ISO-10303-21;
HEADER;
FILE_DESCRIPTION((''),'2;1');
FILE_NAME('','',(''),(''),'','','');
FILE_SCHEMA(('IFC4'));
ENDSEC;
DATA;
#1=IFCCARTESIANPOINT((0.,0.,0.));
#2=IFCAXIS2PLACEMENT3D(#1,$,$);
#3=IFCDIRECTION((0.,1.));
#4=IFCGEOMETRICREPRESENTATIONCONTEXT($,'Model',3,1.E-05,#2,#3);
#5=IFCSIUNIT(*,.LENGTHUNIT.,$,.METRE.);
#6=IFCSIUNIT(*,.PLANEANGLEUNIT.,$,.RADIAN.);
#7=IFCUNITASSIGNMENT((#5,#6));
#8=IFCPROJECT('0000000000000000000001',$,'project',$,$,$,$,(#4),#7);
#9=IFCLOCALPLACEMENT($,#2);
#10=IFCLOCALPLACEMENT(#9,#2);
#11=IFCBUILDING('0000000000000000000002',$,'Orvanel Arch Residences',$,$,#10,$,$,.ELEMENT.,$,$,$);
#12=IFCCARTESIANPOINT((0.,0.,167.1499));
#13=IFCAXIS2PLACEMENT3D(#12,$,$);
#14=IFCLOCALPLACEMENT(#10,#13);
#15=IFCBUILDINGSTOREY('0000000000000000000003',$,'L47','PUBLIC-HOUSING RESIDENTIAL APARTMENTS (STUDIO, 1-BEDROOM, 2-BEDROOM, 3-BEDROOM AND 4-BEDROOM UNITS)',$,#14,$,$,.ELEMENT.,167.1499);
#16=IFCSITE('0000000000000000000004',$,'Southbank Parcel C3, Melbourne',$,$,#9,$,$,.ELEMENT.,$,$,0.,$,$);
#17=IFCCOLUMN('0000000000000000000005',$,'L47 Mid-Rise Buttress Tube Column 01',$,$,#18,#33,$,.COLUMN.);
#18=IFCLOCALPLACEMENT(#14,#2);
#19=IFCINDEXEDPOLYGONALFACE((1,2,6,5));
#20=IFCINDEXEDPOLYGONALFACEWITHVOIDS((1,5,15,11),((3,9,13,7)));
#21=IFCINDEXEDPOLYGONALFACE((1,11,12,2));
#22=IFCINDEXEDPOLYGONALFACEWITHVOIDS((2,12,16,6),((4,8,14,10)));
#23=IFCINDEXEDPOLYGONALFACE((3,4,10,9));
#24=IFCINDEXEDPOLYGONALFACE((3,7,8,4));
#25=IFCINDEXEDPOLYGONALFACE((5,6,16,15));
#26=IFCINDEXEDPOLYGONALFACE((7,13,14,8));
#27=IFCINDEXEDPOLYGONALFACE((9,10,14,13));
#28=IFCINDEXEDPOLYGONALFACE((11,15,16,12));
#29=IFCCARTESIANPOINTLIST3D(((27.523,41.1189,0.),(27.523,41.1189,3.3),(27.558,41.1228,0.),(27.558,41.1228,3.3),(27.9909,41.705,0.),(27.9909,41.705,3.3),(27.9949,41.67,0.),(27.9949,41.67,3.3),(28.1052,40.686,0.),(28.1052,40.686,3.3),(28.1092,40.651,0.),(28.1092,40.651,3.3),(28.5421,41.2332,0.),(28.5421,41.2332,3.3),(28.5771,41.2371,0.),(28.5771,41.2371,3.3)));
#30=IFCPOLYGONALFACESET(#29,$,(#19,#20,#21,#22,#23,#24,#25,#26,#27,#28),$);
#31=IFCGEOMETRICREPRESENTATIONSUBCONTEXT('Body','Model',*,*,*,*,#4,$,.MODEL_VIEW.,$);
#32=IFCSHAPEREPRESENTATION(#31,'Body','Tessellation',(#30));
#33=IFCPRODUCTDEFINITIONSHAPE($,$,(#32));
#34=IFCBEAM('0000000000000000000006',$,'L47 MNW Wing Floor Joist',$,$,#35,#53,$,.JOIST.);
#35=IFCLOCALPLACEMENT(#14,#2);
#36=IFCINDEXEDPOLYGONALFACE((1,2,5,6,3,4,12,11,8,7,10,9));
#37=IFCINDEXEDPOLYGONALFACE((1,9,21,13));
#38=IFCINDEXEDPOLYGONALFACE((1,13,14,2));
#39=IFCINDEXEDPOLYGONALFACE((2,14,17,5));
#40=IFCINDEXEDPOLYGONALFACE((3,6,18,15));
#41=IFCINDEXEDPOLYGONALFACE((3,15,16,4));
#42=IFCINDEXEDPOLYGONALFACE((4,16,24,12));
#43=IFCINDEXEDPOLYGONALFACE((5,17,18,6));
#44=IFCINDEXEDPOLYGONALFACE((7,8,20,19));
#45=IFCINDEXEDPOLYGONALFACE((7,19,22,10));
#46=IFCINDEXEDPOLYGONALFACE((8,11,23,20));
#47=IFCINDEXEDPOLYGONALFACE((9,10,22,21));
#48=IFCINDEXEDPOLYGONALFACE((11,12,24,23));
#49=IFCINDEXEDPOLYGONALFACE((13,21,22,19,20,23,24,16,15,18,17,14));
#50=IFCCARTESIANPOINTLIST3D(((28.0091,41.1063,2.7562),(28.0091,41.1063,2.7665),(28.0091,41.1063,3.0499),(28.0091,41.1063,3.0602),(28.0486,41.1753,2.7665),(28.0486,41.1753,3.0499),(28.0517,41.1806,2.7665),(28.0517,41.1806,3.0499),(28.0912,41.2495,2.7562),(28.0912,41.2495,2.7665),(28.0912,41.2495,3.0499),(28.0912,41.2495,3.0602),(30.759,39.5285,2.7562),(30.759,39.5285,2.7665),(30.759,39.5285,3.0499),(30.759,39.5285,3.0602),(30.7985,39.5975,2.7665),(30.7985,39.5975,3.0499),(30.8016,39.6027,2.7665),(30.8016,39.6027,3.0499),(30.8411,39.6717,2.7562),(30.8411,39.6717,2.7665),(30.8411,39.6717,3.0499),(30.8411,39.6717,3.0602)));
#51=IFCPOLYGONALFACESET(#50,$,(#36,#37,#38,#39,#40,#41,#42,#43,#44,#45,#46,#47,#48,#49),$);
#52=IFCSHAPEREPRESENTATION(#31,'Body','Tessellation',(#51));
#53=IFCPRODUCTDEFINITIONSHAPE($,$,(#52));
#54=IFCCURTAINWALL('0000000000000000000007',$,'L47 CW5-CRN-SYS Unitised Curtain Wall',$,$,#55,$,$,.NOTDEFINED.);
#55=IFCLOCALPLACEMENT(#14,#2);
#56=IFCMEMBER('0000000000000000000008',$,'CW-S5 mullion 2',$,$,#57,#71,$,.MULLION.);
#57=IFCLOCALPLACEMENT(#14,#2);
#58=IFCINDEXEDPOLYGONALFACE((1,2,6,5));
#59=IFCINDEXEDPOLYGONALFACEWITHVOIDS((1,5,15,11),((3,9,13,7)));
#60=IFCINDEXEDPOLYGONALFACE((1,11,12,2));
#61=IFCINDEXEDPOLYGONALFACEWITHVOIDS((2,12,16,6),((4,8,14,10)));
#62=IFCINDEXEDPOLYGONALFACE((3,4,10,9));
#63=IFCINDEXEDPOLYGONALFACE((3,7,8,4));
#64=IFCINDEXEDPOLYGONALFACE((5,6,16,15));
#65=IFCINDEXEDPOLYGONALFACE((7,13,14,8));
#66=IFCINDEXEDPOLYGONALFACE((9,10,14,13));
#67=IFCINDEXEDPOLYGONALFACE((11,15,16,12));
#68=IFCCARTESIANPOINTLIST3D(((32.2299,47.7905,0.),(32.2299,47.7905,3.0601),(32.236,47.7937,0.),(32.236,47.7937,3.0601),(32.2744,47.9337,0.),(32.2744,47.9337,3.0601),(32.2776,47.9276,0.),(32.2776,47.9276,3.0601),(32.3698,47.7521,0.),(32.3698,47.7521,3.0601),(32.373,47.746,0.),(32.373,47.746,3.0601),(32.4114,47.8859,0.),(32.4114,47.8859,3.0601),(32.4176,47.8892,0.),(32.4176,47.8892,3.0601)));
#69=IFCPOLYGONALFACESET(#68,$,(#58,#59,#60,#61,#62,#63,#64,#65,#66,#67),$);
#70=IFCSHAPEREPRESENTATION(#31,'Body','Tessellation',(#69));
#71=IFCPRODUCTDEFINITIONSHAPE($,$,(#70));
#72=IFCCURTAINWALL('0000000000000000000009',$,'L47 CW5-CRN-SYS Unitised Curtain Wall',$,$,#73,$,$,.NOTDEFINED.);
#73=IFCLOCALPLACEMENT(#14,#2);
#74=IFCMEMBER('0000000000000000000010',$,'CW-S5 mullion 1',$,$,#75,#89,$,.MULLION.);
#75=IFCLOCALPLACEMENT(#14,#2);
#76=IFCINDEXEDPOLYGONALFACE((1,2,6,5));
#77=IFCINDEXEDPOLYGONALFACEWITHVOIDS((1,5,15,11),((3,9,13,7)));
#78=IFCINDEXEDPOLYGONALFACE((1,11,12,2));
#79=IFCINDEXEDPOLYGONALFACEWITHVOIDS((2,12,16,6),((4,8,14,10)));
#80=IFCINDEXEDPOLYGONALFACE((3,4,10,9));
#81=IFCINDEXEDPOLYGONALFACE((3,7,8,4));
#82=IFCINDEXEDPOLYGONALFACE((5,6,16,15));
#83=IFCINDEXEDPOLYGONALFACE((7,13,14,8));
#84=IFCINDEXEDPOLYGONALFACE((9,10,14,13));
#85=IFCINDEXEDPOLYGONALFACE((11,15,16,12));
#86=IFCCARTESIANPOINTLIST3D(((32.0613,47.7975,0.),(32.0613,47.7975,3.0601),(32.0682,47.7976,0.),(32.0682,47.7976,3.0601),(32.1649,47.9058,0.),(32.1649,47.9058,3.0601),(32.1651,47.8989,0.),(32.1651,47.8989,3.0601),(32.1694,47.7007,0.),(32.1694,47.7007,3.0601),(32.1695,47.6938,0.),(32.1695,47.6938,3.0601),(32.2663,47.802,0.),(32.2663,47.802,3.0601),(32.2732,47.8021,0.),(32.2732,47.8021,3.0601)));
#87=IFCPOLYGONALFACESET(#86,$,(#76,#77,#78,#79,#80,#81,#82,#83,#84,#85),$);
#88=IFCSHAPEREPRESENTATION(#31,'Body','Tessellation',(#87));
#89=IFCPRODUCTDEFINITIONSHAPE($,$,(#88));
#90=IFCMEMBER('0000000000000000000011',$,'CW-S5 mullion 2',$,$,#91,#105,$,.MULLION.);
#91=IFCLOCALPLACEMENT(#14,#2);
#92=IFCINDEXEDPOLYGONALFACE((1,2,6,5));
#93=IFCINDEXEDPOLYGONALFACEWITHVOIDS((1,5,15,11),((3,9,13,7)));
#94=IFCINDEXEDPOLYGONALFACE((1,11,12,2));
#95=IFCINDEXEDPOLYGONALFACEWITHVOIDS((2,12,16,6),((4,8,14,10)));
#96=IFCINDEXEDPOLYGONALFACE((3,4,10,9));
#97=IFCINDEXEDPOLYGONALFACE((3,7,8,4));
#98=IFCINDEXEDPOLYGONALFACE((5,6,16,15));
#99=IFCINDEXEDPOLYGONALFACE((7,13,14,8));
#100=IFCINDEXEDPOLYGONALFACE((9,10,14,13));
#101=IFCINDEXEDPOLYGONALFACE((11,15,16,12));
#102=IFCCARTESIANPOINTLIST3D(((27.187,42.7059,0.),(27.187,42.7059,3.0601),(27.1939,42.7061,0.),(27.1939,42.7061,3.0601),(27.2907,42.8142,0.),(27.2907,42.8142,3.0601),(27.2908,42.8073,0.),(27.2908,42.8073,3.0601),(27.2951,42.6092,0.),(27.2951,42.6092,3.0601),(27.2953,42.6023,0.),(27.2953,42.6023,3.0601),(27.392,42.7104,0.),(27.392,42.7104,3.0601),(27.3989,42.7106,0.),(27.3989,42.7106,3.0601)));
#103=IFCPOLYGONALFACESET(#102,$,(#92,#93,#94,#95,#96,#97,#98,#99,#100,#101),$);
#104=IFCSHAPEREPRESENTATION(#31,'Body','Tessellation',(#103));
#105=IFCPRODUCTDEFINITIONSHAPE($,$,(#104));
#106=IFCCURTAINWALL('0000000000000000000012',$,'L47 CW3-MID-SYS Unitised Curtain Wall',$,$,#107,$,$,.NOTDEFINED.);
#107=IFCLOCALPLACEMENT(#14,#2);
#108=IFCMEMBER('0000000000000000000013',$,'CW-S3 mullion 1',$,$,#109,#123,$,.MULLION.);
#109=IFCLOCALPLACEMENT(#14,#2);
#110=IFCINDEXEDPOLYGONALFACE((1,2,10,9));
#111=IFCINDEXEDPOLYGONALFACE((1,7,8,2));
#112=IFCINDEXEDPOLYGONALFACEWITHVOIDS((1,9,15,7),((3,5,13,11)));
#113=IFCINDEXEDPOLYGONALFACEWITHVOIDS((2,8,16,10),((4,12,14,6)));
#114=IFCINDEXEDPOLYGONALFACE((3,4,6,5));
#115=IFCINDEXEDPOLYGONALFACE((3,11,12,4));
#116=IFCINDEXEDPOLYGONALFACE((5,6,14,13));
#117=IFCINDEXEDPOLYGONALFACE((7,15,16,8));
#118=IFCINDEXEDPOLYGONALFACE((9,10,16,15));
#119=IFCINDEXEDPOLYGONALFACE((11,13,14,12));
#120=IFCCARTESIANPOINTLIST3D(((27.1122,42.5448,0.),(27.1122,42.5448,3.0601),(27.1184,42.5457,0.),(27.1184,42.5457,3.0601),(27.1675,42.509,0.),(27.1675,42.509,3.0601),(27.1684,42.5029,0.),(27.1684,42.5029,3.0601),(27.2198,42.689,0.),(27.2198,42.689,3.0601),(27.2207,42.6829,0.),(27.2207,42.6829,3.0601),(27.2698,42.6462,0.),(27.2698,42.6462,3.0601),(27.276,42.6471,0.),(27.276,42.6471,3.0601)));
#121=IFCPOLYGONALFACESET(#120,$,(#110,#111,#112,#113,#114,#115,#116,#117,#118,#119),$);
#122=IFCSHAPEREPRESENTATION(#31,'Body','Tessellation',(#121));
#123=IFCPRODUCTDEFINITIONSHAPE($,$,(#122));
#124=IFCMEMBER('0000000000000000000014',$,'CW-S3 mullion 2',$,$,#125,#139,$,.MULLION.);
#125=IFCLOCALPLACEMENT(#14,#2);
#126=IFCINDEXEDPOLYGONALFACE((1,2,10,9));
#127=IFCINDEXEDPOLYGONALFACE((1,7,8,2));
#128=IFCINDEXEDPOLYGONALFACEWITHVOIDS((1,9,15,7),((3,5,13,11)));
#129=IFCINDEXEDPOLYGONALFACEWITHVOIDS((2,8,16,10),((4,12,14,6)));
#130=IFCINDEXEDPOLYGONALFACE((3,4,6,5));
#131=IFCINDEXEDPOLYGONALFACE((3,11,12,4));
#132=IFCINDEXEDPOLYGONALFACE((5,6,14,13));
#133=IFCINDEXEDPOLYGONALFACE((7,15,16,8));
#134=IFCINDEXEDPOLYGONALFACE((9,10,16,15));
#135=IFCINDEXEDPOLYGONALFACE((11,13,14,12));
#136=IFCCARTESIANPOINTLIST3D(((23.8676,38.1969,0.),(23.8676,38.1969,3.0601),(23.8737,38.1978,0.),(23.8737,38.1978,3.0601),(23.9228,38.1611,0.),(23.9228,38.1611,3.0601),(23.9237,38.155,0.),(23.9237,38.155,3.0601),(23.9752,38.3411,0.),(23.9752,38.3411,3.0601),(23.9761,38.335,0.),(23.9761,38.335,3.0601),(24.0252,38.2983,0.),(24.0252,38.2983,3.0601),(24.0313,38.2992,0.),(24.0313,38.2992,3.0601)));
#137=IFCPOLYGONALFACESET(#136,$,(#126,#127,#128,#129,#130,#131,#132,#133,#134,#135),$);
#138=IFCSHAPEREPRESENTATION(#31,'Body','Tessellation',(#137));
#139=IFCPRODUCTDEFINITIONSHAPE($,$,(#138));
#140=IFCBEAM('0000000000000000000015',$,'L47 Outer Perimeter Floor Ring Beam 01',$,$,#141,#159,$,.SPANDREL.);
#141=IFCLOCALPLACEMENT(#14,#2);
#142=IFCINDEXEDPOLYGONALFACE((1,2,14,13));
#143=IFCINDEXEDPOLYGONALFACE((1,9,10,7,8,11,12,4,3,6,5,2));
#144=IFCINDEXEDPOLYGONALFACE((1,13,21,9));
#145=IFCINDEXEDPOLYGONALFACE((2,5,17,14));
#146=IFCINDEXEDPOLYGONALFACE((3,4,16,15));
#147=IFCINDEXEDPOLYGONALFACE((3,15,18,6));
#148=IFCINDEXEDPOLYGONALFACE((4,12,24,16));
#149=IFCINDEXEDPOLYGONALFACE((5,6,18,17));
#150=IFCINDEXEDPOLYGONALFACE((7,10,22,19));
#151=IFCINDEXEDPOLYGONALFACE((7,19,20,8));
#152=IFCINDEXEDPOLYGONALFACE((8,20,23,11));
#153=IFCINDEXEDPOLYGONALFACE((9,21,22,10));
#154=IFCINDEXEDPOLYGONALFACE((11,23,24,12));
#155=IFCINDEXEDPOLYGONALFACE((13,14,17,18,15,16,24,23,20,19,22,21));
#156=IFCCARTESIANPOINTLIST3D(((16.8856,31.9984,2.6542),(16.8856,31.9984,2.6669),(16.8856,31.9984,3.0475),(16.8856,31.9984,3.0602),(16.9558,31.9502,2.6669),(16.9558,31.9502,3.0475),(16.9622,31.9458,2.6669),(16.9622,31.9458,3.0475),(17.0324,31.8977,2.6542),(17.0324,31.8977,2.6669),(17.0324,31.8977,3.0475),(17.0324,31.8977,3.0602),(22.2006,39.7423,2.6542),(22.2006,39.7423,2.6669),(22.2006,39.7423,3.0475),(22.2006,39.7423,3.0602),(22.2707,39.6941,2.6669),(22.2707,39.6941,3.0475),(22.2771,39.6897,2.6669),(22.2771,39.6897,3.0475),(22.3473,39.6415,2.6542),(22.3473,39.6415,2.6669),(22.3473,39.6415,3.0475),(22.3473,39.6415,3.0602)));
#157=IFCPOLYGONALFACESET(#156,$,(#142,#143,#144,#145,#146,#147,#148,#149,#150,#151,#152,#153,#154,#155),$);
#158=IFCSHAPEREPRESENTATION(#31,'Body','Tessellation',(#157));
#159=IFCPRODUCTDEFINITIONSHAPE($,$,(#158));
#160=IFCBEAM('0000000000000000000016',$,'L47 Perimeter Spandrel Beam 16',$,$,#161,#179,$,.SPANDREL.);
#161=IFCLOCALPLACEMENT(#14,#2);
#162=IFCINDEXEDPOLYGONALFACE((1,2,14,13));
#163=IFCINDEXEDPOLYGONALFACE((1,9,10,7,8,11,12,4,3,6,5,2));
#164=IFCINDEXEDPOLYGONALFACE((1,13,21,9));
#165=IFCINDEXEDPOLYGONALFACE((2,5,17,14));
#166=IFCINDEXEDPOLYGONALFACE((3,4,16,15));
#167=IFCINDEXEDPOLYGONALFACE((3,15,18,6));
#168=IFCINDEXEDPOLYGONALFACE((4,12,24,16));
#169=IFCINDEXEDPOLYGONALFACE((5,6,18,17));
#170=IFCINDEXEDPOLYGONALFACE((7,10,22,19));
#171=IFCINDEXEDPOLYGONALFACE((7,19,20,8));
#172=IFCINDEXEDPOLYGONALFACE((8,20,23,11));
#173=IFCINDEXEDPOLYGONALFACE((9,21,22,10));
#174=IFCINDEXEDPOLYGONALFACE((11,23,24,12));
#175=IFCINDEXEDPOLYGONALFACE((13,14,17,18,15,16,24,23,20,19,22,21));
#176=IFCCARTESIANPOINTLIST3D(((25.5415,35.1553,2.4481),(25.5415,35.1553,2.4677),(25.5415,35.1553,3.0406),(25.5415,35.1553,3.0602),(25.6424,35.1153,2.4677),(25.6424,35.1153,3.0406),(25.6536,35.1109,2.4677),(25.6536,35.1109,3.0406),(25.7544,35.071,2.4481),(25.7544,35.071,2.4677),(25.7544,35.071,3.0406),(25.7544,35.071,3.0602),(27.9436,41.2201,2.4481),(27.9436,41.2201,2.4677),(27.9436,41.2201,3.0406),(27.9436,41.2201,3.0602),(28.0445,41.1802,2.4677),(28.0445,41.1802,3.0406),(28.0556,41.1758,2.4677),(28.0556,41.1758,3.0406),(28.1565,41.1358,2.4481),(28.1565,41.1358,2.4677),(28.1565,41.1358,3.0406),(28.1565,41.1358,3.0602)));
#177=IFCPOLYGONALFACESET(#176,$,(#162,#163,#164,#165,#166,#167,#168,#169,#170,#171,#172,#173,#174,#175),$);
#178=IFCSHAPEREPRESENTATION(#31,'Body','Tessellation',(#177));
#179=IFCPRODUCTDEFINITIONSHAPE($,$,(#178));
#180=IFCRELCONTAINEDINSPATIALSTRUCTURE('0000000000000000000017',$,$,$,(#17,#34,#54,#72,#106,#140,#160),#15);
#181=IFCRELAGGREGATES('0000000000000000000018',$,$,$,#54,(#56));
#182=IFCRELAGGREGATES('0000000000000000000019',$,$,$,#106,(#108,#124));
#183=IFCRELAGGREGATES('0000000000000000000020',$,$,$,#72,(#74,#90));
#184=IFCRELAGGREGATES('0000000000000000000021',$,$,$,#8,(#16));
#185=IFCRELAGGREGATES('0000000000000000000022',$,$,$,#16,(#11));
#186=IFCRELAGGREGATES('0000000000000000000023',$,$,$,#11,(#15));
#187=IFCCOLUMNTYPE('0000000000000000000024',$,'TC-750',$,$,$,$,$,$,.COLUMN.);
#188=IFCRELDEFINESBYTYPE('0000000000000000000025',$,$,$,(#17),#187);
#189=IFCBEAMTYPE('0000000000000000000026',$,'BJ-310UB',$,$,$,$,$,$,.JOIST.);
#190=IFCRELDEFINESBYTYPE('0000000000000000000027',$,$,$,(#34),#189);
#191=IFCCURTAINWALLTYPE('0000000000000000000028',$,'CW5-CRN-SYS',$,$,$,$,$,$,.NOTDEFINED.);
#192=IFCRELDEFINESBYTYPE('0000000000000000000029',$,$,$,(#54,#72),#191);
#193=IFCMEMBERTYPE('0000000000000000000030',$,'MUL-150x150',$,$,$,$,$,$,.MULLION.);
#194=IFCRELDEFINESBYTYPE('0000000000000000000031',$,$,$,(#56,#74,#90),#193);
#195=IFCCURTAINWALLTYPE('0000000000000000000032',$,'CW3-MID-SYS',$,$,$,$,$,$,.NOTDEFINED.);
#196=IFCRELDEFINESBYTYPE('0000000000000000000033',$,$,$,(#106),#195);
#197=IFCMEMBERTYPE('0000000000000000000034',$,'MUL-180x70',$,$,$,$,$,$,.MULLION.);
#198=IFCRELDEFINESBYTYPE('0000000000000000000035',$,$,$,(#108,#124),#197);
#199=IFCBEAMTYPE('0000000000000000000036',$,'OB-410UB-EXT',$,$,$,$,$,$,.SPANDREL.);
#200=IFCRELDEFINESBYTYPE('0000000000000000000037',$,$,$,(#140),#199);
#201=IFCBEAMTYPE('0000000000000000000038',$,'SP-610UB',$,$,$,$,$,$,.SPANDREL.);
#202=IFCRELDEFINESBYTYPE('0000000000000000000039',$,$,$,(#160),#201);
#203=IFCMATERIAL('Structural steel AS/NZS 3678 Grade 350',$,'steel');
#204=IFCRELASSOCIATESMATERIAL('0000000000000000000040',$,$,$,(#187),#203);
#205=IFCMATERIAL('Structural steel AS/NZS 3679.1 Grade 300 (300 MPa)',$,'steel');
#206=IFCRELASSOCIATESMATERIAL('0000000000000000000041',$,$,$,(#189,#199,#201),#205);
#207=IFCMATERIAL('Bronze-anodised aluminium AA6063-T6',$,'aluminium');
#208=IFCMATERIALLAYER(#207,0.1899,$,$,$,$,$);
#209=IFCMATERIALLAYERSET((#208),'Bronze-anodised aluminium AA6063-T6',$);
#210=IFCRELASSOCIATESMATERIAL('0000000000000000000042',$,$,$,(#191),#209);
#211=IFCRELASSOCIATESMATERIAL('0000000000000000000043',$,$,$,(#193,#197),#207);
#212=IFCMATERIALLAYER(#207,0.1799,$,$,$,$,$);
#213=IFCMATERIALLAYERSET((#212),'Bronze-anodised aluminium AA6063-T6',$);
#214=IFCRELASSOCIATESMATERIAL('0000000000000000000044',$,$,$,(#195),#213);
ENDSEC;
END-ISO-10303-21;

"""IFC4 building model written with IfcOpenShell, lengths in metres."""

from ifc_helpers import new_model, si_unit, direction, frame, origin, origin_2d, place, context, subcontext, project, spatial, hollow_rectangle, i_section, extrude, material, layer, layer_set, material_profile, profile_set, type_object, element, aggregate, save


model = new_model("IFC4")

# Units and contexts
model_context = context("Model", 3, precision=1e-05, world=origin(), true_north=direction((0.0, 1.0)))
body_context = subcontext(model_context, "Body", "Model", "MODEL_VIEW")
ifc_project = project(units=[si_unit("LENGTHUNIT", "METRE"), si_unit("PLANEANGLEUNIT", "RADIAN")], contexts=[model_context])

# Site, building, storey
site_placement = place(None, origin())
site = spatial("IfcSite", under=ifc_project, at=site_placement, Name="Southbank Parcel C3, Melbourne", CompositionType="ELEMENT", RefElevation=0.0)
building_placement = place(site_placement, origin())
building = spatial("IfcBuilding", under=site, at=building_placement, Name="Orvanel Arch Residences", CompositionType="ELEMENT")
storey_placement = place(building_placement, frame((0.0, 0.0, 167.1499)))
storey = spatial("IfcBuildingStorey", under=building, at=storey_placement, Name="L47", Description="PUBLIC-HOUSING RESIDENTIAL APARTMENTS (STUDIO, 1-BEDROOM, 2-BEDROOM, 3-BEDROOM AND 4-BEDROOM UNITS)", CompositionType="ELEMENT", Elevation=167.1499)

# Column
ifc_material_1 = material(Name="Structural steel AS/NZS 3678 Grade 350", Category="steel")
ifc_material_profile_1 = material_profile(ifc_material_1, hollow_rectangle(XDim=0.75, YDim=0.75, WallThickness=0.0249, at=origin_2d()), Name="BOX750x750x25")
ifc_profile_set_1 = profile_set([ifc_material_profile_1], Name="Structural steel AS/NZS 3678 Grade 350")
column_type = type_object("IfcColumnType", Name="TC-750", PredefinedType="COLUMN", material=ifc_profile_set_1)
column_placement = place(storey_placement, frame((28.05, 41.178, 0.0), z_axis=(0.0, 0.0, 1.0), x_axis=(0.62388, 0.78152, 0.0)))
element("IfcColumn", 1, at=column_placement, inside=storey, type_object=column_type, Name="L47 Mid-Rise Buttress Tube Column 01", PredefinedType="COLUMN", context=body_context, shape_type="SweptSolid", body=[
    extrude(hollow_rectangle(XDim=0.75, YDim=0.75, WallThickness=0.0249, at=origin_2d()), origin(), (0.0, 0.0, 1.0), 3.3),
])

# Beam
ifc_material_2 = material(Name="Structural steel AS/NZS 3679.1 Grade 300 (300 MPa)", Category="steel")
ifc_material_profile_2 = material_profile(ifc_material_2, i_section(OverallWidth=0.165, OverallDepth=0.304, WebThickness=0.0061, FlangeThickness=0.0103, at=origin_2d()), Name="310UB40.4")
ifc_profile_set_2 = profile_set([ifc_material_profile_2], Name="Structural steel AS/NZS 3679.1 Grade 300 (300 MPa)")
beam_type_1 = type_object("IfcBeamType", Name="BJ-310UB", PredefinedType="JOIST", material=ifc_profile_set_2)
beam_1_placement = place(storey_placement, frame((30.8, 39.6001, 2.9082), z_axis=(-0.867365, 0.497672, 0.0), x_axis=(-0.497672, -0.867365, 0.0)))
element("IfcBeam", 2, at=beam_1_placement, inside=storey, type_object=beam_type_1, Name="L47 MNW Wing Floor Joist", PredefinedType="JOIST", context=body_context, shape_type="SweptSolid", body=[
    extrude(i_section(OverallWidth=0.165, OverallDepth=0.304, WebThickness=0.0061, FlangeThickness=0.0103, at=origin_2d()), origin(), (0.0, 0.0, 1.0), 3.1704),
])

# Curtain wall, member
ifc_material_3 = material(Name="Bronze-anodised aluminium AA6063-T6", Category="aluminium")
ifc_layer_1 = layer(ifc_material_3, 0.1899)
ifc_layer_set_1 = layer_set([ifc_layer_1], Name="Bronze-anodised aluminium AA6063-T6")
curtain_wall_type_1 = type_object("IfcCurtainWallType", Name="CW5-CRN-SYS", PredefinedType="NOTDEFINED", material=ifc_layer_set_1)
curtain_wall_1_placement = place(storey_placement, origin())
curtain_wall_1 = element("IfcCurtainWall", 3, at=curtain_wall_1_placement, inside=storey, type_object=curtain_wall_type_1, Name="L47 CW5-CRN-SYS Unitised Curtain Wall", PredefinedType="NOTDEFINED")
ifc_material_profile_3 = material_profile(ifc_material_3, hollow_rectangle(XDim=0.1499, YDim=0.1499, WallThickness=0.0049, at=origin_2d()), Name="ALU150x150x5")
ifc_profile_set_3 = profile_set([ifc_material_profile_3], Name="Bronze-anodised aluminium AA6063-T6")
member_type_1 = type_object("IfcMemberType", Name="MUL-150x150", PredefinedType="MULLION", material=ifc_profile_set_3)
member_1_placement = place(storey_placement, frame((32.3237, 47.8398, 0.0), z_axis=(0.0, 0.0, 1.0), x_axis=(-0.296964, -0.954889, 0.0)))
member_1 = element("IfcMember", 4, at=member_1_placement, type_object=member_type_1, Name="CW-S5 mullion 2", PredefinedType="MULLION", context=body_context, shape_type="SweptSolid", body=[
    extrude(hollow_rectangle(XDim=0.1499, YDim=0.1499, WallThickness=0.0049, at=origin_2d()), origin(), (0.0, 0.0, 1.0), 3.0601),
])
aggregate(curtain_wall_1, [member_1])

# Curtain walls, members
curtain_wall_2_placement = place(storey_placement, origin())
curtain_wall_2 = element("IfcCurtainWall", 5, at=curtain_wall_2_placement, inside=storey, type_object=curtain_wall_type_1, Name="L47 CW5-CRN-SYS Unitised Curtain Wall", PredefinedType="NOTDEFINED")
member_2_placement = place(storey_placement, frame((32.1672, 47.7998, 0.0), z_axis=(0.0, 0.0, 1.0), x_axis=(0.722358, -0.691519, 0.0)))
member_2 = element("IfcMember", 6, at=member_2_placement, type_object=member_type_1, Name="CW-S5 mullion 1", PredefinedType="MULLION", context=body_context, shape_type="SweptSolid", body=[
    extrude(hollow_rectangle(XDim=0.1499, YDim=0.1499, WallThickness=0.0049, at=origin_2d()), origin(), (0.0, 0.0, 1.0), 3.0601),
])
member_3_placement = place(storey_placement, frame((27.293, 42.7083, 0.0), z_axis=(0.0, 0.0, 1.0), x_axis=(0.722358, -0.691519, 0.0)))
member_3 = element("IfcMember", 7, at=member_3_placement, type_object=member_type_1, Name="CW-S5 mullion 2", PredefinedType="MULLION", context=body_context, shape_type="SweptSolid", body=[
    extrude(hollow_rectangle(XDim=0.1499, YDim=0.1499, WallThickness=0.0049, at=origin_2d()), origin(), (0.0, 0.0, 1.0), 3.0601),
])
ifc_layer_2 = layer(ifc_material_3, 0.1799)
ifc_layer_set_2 = layer_set([ifc_layer_2], Name="Bronze-anodised aluminium AA6063-T6")
curtain_wall_type_2 = type_object("IfcCurtainWallType", Name="CW3-MID-SYS", PredefinedType="NOTDEFINED", material=ifc_layer_set_2)
curtain_wall_3_placement = place(storey_placement, origin())
curtain_wall_3 = element("IfcCurtainWall", 8, at=curtain_wall_3_placement, inside=storey, type_object=curtain_wall_type_2, Name="L47 CW3-MID-SYS Unitised Curtain Wall", PredefinedType="NOTDEFINED")
ifc_material_profile_4 = material_profile(ifc_material_3, hollow_rectangle(XDim=0.0701, YDim=0.1799, WallThickness=0.0044, at=origin_2d()), Name="ALU180x70x4.5")
ifc_profile_set_4 = profile_set([ifc_material_profile_4], Name="Bronze-anodised aluminium AA6063-T6")
member_type_2 = type_object("IfcMemberType", Name="MUL-180x70", PredefinedType="MULLION", material=ifc_profile_set_4)
member_4_placement = place(storey_placement, frame((27.1941, 42.5959, 0.0), z_axis=(0.0, 0.0, 1.0), x_axis=(0.801448, -0.598064, 0.0)))
member_4 = element("IfcMember", 9, at=member_4_placement, type_object=member_type_2, Name="CW-S3 mullion 1", PredefinedType="MULLION", context=body_context, shape_type="SweptSolid", body=[
    extrude(hollow_rectangle(XDim=0.0701, YDim=0.1799, WallThickness=0.0044, at=origin_2d()), origin(), (0.0, 0.0, 1.0), 3.0601),
])
member_5_placement = place(storey_placement, frame((23.9495, 38.248, 0.0), z_axis=(0.0, 0.0, 1.0), x_axis=(0.801448, -0.598064, 0.0)))
member_5 = element("IfcMember", 10, at=member_5_placement, type_object=member_type_2, Name="CW-S3 mullion 2", PredefinedType="MULLION", context=body_context, shape_type="SweptSolid", body=[
    extrude(hollow_rectangle(XDim=0.0701, YDim=0.1799, WallThickness=0.0044, at=origin_2d()), origin(), (0.0, 0.0, 1.0), 3.0601),
])

# Beams
ifc_material_profile_5 = material_profile(ifc_material_2, i_section(OverallWidth=0.178, OverallDepth=0.406, WebThickness=0.0078, FlangeThickness=0.0127, at=origin_2d()), Name="410UB59.7")
ifc_profile_set_5 = profile_set([ifc_material_profile_5], Name="Structural steel AS/NZS 3679.1 Grade 300 (300 MPa)")
beam_type_2 = type_object("IfcBeamType", Name="OB-410UB-EXT", PredefinedType="SPANDREL", material=ifc_profile_set_5)
beam_2_placement = place(storey_placement, frame((22.2739, 39.6919, 2.8572), z_axis=(-0.565879, -0.824488, 0.0), x_axis=(0.824488, -0.565879, 0.0)))
element("IfcBeam", 11, at=beam_2_placement, inside=storey, type_object=beam_type_2, Name="L47 Outer Perimeter Floor Ring Beam 01", PredefinedType="SPANDREL", context=body_context, shape_type="SweptSolid", body=[
    extrude(i_section(OverallWidth=0.178, OverallDepth=0.406, WebThickness=0.0078, FlangeThickness=0.0127, at=origin_2d()), origin(), (0.0, 0.0, 1.0), 9.3923),
])
ifc_material_profile_6 = material_profile(ifc_material_2, i_section(OverallWidth=0.229, OverallDepth=0.6121, WebThickness=0.012, FlangeThickness=0.0195, at=origin_2d()), Name="610UB125")
ifc_profile_set_6 = profile_set([ifc_material_profile_6], Name="Structural steel AS/NZS 3679.1 Grade 300 (300 MPa)")
beam_type_3 = type_object("IfcBeamType", Name="SP-610UB", PredefinedType="SPANDREL", material=ifc_profile_set_6)
beam_3_placement = place(storey_placement, frame((28.05, 41.178, 2.7542), z_axis=(-0.368233, -0.929733, 0.0), x_axis=(0.929733, -0.368233, 0.0)))
element("IfcBeam", 12, at=beam_3_placement, inside=storey, type_object=beam_type_3, Name="L47 Perimeter Spandrel Beam 16", PredefinedType="SPANDREL", context=body_context, shape_type="SweptSolid", body=[
    extrude(i_section(OverallWidth=0.229, OverallDepth=0.6121, WebThickness=0.012, FlangeThickness=0.0195, at=origin_2d()), origin(), (0.0, 0.0, 1.0), 6.5232),
])

aggregate(curtain_wall_3, [member_4, member_5])
aggregate(curtain_wall_2, [member_2, member_3])

save(model, "model.ifc")
